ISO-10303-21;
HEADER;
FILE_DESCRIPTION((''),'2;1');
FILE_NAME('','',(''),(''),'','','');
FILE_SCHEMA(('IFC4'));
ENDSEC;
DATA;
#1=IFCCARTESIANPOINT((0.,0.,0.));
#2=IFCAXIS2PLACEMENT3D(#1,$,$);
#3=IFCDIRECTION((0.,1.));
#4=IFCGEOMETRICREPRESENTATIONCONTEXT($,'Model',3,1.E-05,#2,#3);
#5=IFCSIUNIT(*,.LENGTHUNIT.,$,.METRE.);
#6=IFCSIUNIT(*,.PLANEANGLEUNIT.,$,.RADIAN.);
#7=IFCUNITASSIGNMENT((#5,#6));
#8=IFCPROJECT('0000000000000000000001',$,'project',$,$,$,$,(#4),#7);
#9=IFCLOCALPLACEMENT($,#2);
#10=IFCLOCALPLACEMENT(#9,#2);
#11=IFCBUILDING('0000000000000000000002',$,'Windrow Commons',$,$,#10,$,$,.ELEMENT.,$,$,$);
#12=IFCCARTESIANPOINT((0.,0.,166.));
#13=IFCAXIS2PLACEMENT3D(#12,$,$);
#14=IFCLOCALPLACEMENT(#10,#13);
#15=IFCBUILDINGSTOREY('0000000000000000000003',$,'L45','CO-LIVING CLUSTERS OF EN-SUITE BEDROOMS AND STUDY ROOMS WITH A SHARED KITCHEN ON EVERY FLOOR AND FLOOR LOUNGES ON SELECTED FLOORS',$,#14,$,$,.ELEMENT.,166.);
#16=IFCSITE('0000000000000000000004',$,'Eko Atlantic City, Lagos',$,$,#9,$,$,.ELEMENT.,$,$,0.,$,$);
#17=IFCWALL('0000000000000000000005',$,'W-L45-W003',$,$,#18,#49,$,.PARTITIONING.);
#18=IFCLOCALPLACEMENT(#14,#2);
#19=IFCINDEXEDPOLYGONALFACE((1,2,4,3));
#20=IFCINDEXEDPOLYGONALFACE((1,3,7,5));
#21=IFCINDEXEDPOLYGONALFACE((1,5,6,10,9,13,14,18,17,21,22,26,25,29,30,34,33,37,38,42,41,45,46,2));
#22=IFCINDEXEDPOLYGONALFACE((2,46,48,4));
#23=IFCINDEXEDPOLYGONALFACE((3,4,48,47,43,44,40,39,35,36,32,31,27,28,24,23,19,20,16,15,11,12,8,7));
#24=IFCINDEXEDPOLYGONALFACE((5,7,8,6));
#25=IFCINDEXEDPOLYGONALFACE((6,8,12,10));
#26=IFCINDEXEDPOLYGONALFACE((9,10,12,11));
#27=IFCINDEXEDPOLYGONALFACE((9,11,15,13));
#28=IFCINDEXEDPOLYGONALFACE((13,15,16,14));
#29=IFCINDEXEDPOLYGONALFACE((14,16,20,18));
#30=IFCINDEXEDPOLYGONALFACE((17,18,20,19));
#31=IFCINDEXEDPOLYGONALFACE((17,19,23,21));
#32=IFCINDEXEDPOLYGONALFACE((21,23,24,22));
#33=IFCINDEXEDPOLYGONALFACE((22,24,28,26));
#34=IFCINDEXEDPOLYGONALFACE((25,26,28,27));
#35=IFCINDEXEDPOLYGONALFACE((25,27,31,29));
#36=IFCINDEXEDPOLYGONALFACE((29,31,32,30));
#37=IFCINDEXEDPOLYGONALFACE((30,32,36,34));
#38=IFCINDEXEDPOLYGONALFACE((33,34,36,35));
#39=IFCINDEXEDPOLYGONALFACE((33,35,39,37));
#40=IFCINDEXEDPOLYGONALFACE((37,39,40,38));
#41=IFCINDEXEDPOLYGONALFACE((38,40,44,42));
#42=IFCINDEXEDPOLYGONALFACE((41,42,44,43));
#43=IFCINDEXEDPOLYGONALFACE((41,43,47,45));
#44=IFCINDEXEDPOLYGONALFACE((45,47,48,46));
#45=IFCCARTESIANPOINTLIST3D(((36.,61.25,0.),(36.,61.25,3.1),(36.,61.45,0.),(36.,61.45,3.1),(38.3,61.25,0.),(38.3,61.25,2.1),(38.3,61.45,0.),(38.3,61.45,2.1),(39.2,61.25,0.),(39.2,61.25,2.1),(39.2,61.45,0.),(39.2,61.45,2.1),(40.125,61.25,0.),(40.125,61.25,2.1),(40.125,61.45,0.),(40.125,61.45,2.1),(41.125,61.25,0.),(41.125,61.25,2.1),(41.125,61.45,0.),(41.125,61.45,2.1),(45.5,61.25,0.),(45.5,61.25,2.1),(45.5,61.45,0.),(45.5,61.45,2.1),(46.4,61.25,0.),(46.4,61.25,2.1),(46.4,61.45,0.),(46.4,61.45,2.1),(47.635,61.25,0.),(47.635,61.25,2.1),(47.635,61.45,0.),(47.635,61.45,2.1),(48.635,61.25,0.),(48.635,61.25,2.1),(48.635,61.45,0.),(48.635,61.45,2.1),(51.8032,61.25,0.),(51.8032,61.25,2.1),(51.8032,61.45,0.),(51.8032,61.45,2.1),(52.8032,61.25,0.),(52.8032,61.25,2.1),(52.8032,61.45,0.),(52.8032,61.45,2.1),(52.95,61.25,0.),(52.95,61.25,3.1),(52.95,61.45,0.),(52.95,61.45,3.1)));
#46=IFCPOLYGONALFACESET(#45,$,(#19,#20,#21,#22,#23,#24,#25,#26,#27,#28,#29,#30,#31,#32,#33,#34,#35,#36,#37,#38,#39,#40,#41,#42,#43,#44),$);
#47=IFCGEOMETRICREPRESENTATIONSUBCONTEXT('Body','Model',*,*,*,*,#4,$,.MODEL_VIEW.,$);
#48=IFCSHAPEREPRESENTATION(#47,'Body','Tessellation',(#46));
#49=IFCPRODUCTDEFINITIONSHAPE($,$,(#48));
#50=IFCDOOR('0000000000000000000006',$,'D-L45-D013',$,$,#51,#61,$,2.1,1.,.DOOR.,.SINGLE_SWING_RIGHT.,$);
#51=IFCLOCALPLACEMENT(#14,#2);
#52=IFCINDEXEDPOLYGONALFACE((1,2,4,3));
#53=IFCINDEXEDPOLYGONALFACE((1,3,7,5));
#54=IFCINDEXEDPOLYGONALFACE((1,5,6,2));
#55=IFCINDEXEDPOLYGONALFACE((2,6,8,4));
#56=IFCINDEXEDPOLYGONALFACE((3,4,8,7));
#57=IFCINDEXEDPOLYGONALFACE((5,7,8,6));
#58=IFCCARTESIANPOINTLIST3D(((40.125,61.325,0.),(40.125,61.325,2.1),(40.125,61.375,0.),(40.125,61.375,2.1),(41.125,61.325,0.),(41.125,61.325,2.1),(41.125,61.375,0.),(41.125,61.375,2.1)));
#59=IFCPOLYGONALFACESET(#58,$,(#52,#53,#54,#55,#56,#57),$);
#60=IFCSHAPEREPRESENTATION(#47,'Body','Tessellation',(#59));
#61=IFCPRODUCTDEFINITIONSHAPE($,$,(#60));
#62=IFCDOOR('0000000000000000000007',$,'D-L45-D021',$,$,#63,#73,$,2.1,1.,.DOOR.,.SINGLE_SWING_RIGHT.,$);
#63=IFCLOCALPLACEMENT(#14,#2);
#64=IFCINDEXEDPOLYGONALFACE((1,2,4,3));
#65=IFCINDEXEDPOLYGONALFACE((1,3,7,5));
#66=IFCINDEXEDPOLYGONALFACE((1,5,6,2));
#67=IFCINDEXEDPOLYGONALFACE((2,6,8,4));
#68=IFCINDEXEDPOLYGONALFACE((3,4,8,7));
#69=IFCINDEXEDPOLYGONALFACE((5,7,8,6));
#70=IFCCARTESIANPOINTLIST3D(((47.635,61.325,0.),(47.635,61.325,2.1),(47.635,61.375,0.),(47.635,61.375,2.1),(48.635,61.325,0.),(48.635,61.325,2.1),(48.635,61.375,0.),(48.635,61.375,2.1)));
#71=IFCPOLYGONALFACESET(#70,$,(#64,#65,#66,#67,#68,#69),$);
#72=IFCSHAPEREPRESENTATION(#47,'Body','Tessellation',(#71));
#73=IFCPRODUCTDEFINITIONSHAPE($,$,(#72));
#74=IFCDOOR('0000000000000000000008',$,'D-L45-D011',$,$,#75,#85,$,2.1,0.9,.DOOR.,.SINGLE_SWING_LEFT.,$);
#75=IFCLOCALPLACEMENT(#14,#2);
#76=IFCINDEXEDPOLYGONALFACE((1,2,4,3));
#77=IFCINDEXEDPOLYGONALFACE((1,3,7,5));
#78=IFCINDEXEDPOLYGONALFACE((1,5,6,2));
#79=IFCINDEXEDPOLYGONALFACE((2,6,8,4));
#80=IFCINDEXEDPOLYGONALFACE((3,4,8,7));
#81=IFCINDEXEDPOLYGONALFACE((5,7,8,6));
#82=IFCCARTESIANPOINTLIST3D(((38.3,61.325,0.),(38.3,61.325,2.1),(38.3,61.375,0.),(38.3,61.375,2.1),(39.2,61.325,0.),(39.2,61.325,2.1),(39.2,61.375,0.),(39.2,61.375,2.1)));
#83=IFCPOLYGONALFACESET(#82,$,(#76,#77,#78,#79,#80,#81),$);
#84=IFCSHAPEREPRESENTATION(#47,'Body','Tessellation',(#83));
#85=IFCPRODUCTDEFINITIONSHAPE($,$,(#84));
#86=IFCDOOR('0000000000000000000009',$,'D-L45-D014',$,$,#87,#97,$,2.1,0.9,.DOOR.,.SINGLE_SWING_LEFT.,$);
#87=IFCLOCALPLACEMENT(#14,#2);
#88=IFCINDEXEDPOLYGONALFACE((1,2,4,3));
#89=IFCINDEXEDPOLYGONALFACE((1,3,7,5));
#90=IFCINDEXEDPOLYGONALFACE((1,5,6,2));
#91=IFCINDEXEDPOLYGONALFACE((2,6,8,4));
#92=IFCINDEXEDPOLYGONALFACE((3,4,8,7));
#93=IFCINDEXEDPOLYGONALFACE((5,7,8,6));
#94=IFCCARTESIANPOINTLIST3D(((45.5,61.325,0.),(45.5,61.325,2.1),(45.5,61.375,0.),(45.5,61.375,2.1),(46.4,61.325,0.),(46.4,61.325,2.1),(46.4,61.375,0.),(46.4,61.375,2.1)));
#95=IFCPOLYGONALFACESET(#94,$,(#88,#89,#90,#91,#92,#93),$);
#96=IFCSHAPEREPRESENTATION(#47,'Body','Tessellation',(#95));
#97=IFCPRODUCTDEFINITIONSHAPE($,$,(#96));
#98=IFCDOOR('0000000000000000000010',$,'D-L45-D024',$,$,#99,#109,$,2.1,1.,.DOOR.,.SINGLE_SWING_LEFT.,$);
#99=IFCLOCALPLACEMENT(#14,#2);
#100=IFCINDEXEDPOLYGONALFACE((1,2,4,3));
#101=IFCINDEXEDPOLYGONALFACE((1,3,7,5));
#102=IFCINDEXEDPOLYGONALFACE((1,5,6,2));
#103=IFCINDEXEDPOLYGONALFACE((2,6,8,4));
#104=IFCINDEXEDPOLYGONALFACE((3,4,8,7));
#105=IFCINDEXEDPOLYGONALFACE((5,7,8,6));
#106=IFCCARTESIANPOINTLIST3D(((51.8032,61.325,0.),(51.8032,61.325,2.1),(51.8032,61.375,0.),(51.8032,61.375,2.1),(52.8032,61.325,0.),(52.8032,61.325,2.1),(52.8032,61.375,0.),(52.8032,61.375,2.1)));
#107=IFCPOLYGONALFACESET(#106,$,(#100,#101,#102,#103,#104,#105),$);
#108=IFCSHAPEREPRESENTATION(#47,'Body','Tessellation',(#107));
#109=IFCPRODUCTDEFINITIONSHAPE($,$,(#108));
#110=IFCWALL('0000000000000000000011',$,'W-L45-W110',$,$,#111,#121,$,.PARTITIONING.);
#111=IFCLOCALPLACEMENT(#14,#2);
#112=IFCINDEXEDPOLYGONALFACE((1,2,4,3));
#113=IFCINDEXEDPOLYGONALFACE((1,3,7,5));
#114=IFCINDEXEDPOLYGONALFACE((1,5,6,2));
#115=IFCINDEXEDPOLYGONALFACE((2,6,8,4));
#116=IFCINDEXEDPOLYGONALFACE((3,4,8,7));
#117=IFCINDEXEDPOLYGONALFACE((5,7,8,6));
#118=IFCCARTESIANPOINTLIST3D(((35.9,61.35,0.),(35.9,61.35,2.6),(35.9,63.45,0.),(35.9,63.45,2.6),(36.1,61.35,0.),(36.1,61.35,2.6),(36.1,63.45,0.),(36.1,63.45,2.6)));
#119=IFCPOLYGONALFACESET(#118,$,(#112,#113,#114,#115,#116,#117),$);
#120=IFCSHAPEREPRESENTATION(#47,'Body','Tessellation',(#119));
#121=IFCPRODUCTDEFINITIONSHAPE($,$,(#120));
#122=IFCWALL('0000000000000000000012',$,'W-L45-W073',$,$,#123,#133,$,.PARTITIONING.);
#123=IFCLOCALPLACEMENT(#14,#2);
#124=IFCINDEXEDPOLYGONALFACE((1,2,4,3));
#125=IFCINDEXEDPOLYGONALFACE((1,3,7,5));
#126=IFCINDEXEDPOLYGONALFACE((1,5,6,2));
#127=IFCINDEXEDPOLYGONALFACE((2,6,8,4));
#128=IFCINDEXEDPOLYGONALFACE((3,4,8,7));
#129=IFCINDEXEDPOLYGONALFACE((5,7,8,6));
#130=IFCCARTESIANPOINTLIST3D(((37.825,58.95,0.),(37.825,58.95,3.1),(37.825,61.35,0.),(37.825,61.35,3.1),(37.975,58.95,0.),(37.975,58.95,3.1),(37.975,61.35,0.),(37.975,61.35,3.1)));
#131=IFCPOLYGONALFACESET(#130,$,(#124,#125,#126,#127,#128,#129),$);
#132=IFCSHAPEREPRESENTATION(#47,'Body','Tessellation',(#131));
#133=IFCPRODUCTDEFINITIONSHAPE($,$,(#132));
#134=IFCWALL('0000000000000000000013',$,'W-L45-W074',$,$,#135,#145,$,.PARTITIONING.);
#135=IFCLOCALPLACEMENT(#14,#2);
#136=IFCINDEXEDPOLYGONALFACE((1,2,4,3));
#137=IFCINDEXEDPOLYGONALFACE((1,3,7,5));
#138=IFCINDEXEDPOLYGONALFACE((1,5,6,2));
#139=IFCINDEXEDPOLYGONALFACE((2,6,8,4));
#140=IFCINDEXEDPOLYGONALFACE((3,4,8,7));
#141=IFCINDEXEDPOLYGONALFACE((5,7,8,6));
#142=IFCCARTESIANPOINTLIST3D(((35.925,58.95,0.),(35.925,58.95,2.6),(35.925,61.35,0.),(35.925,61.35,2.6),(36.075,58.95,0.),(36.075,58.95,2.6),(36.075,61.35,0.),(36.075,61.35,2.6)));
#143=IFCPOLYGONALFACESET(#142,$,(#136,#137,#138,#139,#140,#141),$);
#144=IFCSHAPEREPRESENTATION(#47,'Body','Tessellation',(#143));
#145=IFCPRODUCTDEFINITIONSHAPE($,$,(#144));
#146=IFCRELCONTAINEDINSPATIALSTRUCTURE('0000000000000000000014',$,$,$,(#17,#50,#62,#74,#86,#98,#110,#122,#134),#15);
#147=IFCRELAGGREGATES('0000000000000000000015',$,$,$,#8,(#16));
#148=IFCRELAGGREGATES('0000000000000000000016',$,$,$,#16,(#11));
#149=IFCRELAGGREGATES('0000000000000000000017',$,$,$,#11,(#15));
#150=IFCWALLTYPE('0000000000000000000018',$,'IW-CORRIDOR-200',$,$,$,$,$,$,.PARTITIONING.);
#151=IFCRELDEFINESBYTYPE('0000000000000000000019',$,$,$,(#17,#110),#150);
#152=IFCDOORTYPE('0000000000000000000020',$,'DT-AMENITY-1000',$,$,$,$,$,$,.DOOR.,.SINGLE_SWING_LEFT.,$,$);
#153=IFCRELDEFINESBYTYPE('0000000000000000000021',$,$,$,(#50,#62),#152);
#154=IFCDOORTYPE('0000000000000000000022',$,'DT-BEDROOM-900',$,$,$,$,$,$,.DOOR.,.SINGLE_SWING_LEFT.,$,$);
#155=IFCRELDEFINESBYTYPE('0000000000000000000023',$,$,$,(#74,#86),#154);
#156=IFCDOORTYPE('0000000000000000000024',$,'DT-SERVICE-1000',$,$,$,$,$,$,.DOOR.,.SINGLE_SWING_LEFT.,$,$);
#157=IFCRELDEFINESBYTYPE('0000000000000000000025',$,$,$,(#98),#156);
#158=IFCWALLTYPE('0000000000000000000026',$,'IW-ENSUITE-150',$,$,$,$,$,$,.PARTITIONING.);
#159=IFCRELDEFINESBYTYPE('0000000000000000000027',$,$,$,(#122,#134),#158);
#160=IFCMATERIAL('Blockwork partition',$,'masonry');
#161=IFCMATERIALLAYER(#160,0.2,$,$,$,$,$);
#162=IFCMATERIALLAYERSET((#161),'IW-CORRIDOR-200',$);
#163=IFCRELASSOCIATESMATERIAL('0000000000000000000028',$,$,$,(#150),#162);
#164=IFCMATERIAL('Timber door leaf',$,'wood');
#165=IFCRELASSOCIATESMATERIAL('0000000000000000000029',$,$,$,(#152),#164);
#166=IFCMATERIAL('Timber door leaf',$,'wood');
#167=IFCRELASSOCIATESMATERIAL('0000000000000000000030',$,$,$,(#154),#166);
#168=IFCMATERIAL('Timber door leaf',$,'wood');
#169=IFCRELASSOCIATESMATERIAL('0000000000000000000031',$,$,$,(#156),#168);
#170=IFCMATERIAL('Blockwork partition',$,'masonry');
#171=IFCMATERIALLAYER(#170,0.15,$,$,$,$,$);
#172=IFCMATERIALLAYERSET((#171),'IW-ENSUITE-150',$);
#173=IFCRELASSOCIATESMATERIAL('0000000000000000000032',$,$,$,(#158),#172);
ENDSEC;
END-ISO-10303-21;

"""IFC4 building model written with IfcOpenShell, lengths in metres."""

from ifc_helpers import new_model, si_unit, direction, frame, frame_2d, origin, place, context, subcontext, project, spatial, rectangle, extrude, material, layer, layer_set, type_object, element, fill, save


model = new_model("IFC4")

# Units and contexts
model_context = context("Model", 3, precision=1e-05, world=origin(), true_north=direction((0.0, 1.0)))
body_context = subcontext(model_context, "Body", "Model", "MODEL_VIEW")
ifc_project = project(units=[si_unit("LENGTHUNIT", "METRE"), si_unit("PLANEANGLEUNIT", "RADIAN")], contexts=[model_context])

# Site, building, storey
site_placement = place(None, origin())
site = spatial("IfcSite", under=ifc_project, at=site_placement, Name="Eko Atlantic City, Lagos", CompositionType="ELEMENT", RefElevation=0.0)
building_placement = place(site_placement, origin())
building = spatial("IfcBuilding", under=site, at=building_placement, Name="Windrow Commons", CompositionType="ELEMENT")
storey_placement = place(building_placement, frame((0.0, 0.0, 166.0)))
storey = spatial("IfcBuildingStorey", under=building, at=storey_placement, Name="L45", Description="CO-LIVING CLUSTERS OF EN-SUITE BEDROOMS AND STUDY ROOMS WITH A SHARED KITCHEN ON EVERY FLOOR AND FLOOR LOUNGES ON SELECTED FLOORS", CompositionType="ELEMENT", Elevation=166.0)

# Wall, openings, doors
ifc_material_1 = material(Name="Blockwork partition", Category="masonry")
ifc_layer_1 = layer(ifc_material_1, 0.2)
ifc_layer_set_1 = layer_set([ifc_layer_1], Name="IW-CORRIDOR-200")
wall_type_1 = type_object("IfcWallType", Name="IW-CORRIDOR-200", PredefinedType="PARTITIONING", material=ifc_layer_set_1)
wall_1_placement = place(storey_placement, frame((36.0, 61.35, 0.0), z_axis=(0.0, 0.0, 1.0), x_axis=(1.0, 0.0, 0.0)))
wall_1 = element("IfcWall", 1, at=wall_1_placement, inside=storey, type_object=wall_type_1, Name="W-L45-W003", PredefinedType="PARTITIONING", context=body_context, shape_type="SweptSolid", body=[
    extrude(rectangle(XDim=16.95, YDim=0.2, at=frame_2d((8.475, 0.0))), origin(), (0.0, 0.0, 1.0), 3.1),
])
opening_1_placement = place(wall_1_placement, frame((2.3, 0.0, 0.0)))
opening_1 = element("IfcOpeningElement", 2, at=opening_1_placement, cuts=wall_1, PredefinedType="OPENING", context=body_context, shape_type="SweptSolid", body=[
    extrude(rectangle(XDim=0.9, YDim=2.1, at=frame_2d((0.45, 1.05))), frame((0.0, 0.11, 0.0), z_axis=(0.0, -1.0, 0.0), x_axis=(1.0, 0.0, 0.0)), (0.0, 0.0, 1.0), 0.22),
])
opening_2_placement = place(wall_1_placement, frame((4.125, 0.0, 0.0)))
opening_2 = element("IfcOpeningElement", 3, at=opening_2_placement, cuts=wall_1, PredefinedType="OPENING", context=body_context, shape_type="SweptSolid", body=[
    extrude(rectangle(XDim=1.0, YDim=2.1, at=frame_2d((0.5, 1.05))), frame((0.0, 0.11, 0.0), z_axis=(0.0, -1.0, 0.0), x_axis=(1.0, 0.0, 0.0)), (0.0, 0.0, 1.0), 0.22),
])
opening_3_placement = place(wall_1_placement, frame((9.5, 0.0, 0.0)))
opening_3 = element("IfcOpeningElement", 4, at=opening_3_placement, cuts=wall_1, PredefinedType="OPENING", context=body_context, shape_type="SweptSolid", body=[
    extrude(rectangle(XDim=0.9, YDim=2.1, at=frame_2d((0.45, 1.05))), frame((0.0, 0.11, 0.0), z_axis=(0.0, -1.0, 0.0), x_axis=(1.0, 0.0, 0.0)), (0.0, 0.0, 1.0), 0.22),
])
opening_4_placement = place(wall_1_placement, frame((11.635, 0.0, 0.0)))
opening_4 = element("IfcOpeningElement", 5, at=opening_4_placement, cuts=wall_1, PredefinedType="OPENING", context=body_context, shape_type="SweptSolid", body=[
    extrude(rectangle(XDim=1.0, YDim=2.1, at=frame_2d((0.5, 1.05))), frame((0.0, 0.11, 0.0), z_axis=(0.0, -1.0, 0.0), x_axis=(1.0, 0.0, 0.0)), (0.0, 0.0, 1.0), 0.22),
])
opening_5_placement = place(wall_1_placement, frame((15.8032, 0.0, 0.0)))
opening_5 = element("IfcOpeningElement", 6, at=opening_5_placement, cuts=wall_1, PredefinedType="OPENING", context=body_context, shape_type="SweptSolid", body=[
    extrude(rectangle(XDim=1.0, YDim=2.1, at=frame_2d((0.5, 1.05))), frame((0.0, 0.11, 0.0), z_axis=(0.0, -1.0, 0.0), x_axis=(1.0, 0.0, 0.0)), (0.0, 0.0, 1.0), 0.22),
])
ifc_material_2 = material(Name="Timber door leaf", Category="wood")
door_type_1 = type_object("IfcDoorType", Name="DT-AMENITY-1000", OperationType="SINGLE_SWING_LEFT", PredefinedType="DOOR", material=ifc_material_2)
door_1_placement = place(opening_2_placement, origin())
door_1 = element("IfcDoor", 7, at=door_1_placement, inside=storey, type_object=door_type_1, Name="D-L45-D013", OperationType="SINGLE_SWING_RIGHT", OverallHeight=2.1, OverallWidth=1.0, PredefinedType="DOOR", context=body_context, shape_type="SweptSolid", body=[
    extrude(rectangle(XDim=1.0, YDim=2.1, at=frame_2d((0.5, 1.05))), frame((0.0, 0.025, 0.0), z_axis=(0.0, -1.0, 0.0), x_axis=(1.0, 0.0, 0.0)), (0.0, 0.0, 1.0), 0.05),
])
fill(opening_2, door_1)
door_2_placement = place(opening_4_placement, origin())
door_2 = element("IfcDoor", 8, at=door_2_placement, inside=storey, type_object=door_type_1, Name="D-L45-D021", OperationType="SINGLE_SWING_RIGHT", OverallHeight=2.1, OverallWidth=1.0, PredefinedType="DOOR", context=body_context, shape_type="SweptSolid", body=[
    extrude(rectangle(XDim=1.0, YDim=2.1, at=frame_2d((0.5, 1.05))), frame((0.0, 0.025, 0.0), z_axis=(0.0, -1.0, 0.0), x_axis=(1.0, 0.0, 0.0)), (0.0, 0.0, 1.0), 0.05),
])
fill(opening_4, door_2)
ifc_material_3 = material(Name="Timber door leaf", Category="wood")
door_type_2 = type_object("IfcDoorType", Name="DT-BEDROOM-900", OperationType="SINGLE_SWING_LEFT", PredefinedType="DOOR", material=ifc_material_3)
door_3_placement = place(opening_1_placement, origin())
door_3 = element("IfcDoor", 9, at=door_3_placement, inside=storey, type_object=door_type_2, Name="D-L45-D011", OperationType="SINGLE_SWING_LEFT", OverallHeight=2.1, OverallWidth=0.9, PredefinedType="DOOR", context=body_context, shape_type="SweptSolid", body=[
    extrude(rectangle(XDim=0.9, YDim=2.1, at=frame_2d((0.45, 1.05))), frame((0.0, 0.025, 0.0), z_axis=(0.0, -1.0, 0.0), x_axis=(1.0, 0.0, 0.0)), (0.0, 0.0, 1.0), 0.05),
])
fill(opening_1, door_3)
door_4_placement = place(opening_3_placement, origin())
door_4 = element("IfcDoor", 10, at=door_4_placement, inside=storey, type_object=door_type_2, Name="D-L45-D014", OperationType="SINGLE_SWING_LEFT", OverallHeight=2.1, OverallWidth=0.9, PredefinedType="DOOR", context=body_context, shape_type="SweptSolid", body=[
    extrude(rectangle(XDim=0.9, YDim=2.1, at=frame_2d((0.45, 1.05))), frame((0.0, 0.025, 0.0), z_axis=(0.0, -1.0, 0.0), x_axis=(1.0, 0.0, 0.0)), (0.0, 0.0, 1.0), 0.05),
])
fill(opening_3, door_4)
ifc_material_4 = material(Name="Timber door leaf", Category="wood")
door_type_3 = type_object("IfcDoorType", Name="DT-SERVICE-1000", OperationType="SINGLE_SWING_LEFT", PredefinedType="DOOR", material=ifc_material_4)
door_5_placement = place(opening_5_placement, origin())
door_5 = element("IfcDoor", 11, at=door_5_placement, inside=storey, type_object=door_type_3, Name="D-L45-D024", OperationType="SINGLE_SWING_LEFT", OverallHeight=2.1, OverallWidth=1.0, PredefinedType="DOOR", context=body_context, shape_type="SweptSolid", body=[
    extrude(rectangle(XDim=1.0, YDim=2.1, at=frame_2d((0.5, 1.05))), frame((0.0, 0.025, 0.0), z_axis=(0.0, -1.0, 0.0), x_axis=(1.0, 0.0, 0.0)), (0.0, 0.0, 1.0), 0.05),
])
fill(opening_5, door_5)

# Walls
wall_2_placement = place(storey_placement, frame((36.0, 61.35, 0.0), z_axis=(0.0, 0.0, 1.0), x_axis=(0.0, 1.0, 0.0)))
element("IfcWall", 12, at=wall_2_placement, inside=storey, type_object=wall_type_1, Name="W-L45-W110", PredefinedType="PARTITIONING", context=body_context, shape_type="SweptSolid", body=[
    extrude(rectangle(XDim=2.1, YDim=0.2, at=frame_2d((1.05, 0.0))), origin(), (0.0, 0.0, 1.0), 2.6),
])
ifc_material_5 = material(Name="Blockwork partition", Category="masonry")
ifc_layer_2 = layer(ifc_material_5, 0.15)
ifc_layer_set_2 = layer_set([ifc_layer_2], Name="IW-ENSUITE-150")
wall_type_2 = type_object("IfcWallType", Name="IW-ENSUITE-150", PredefinedType="PARTITIONING", material=ifc_layer_set_2)
wall_3_placement = place(storey_placement, frame((37.9, 58.95, 0.0), z_axis=(0.0, 0.0, 1.0), x_axis=(0.0, 1.0, 0.0)))
element("IfcWall", 13, at=wall_3_placement, inside=storey, type_object=wall_type_2, Name="W-L45-W073", PredefinedType="PARTITIONING", context=body_context, shape_type="SweptSolid", body=[
    extrude(rectangle(XDim=2.4, YDim=0.15, at=frame_2d((1.2, 0.0))), origin(), (0.0, 0.0, 1.0), 3.1),
])
wall_4_placement = place(storey_placement, frame((36.0, 58.95, 0.0), z_axis=(0.0, 0.0, 1.0), x_axis=(0.0, 1.0, 0.0)))
element("IfcWall", 14, at=wall_4_placement, inside=storey, type_object=wall_type_2, Name="W-L45-W074", PredefinedType="PARTITIONING", context=body_context, shape_type="SweptSolid", body=[
    extrude(rectangle(XDim=2.4, YDim=0.15, at=frame_2d((1.2, 0.0))), origin(), (0.0, 0.0, 1.0), 2.6),
])

save(model, "model.ifc")
